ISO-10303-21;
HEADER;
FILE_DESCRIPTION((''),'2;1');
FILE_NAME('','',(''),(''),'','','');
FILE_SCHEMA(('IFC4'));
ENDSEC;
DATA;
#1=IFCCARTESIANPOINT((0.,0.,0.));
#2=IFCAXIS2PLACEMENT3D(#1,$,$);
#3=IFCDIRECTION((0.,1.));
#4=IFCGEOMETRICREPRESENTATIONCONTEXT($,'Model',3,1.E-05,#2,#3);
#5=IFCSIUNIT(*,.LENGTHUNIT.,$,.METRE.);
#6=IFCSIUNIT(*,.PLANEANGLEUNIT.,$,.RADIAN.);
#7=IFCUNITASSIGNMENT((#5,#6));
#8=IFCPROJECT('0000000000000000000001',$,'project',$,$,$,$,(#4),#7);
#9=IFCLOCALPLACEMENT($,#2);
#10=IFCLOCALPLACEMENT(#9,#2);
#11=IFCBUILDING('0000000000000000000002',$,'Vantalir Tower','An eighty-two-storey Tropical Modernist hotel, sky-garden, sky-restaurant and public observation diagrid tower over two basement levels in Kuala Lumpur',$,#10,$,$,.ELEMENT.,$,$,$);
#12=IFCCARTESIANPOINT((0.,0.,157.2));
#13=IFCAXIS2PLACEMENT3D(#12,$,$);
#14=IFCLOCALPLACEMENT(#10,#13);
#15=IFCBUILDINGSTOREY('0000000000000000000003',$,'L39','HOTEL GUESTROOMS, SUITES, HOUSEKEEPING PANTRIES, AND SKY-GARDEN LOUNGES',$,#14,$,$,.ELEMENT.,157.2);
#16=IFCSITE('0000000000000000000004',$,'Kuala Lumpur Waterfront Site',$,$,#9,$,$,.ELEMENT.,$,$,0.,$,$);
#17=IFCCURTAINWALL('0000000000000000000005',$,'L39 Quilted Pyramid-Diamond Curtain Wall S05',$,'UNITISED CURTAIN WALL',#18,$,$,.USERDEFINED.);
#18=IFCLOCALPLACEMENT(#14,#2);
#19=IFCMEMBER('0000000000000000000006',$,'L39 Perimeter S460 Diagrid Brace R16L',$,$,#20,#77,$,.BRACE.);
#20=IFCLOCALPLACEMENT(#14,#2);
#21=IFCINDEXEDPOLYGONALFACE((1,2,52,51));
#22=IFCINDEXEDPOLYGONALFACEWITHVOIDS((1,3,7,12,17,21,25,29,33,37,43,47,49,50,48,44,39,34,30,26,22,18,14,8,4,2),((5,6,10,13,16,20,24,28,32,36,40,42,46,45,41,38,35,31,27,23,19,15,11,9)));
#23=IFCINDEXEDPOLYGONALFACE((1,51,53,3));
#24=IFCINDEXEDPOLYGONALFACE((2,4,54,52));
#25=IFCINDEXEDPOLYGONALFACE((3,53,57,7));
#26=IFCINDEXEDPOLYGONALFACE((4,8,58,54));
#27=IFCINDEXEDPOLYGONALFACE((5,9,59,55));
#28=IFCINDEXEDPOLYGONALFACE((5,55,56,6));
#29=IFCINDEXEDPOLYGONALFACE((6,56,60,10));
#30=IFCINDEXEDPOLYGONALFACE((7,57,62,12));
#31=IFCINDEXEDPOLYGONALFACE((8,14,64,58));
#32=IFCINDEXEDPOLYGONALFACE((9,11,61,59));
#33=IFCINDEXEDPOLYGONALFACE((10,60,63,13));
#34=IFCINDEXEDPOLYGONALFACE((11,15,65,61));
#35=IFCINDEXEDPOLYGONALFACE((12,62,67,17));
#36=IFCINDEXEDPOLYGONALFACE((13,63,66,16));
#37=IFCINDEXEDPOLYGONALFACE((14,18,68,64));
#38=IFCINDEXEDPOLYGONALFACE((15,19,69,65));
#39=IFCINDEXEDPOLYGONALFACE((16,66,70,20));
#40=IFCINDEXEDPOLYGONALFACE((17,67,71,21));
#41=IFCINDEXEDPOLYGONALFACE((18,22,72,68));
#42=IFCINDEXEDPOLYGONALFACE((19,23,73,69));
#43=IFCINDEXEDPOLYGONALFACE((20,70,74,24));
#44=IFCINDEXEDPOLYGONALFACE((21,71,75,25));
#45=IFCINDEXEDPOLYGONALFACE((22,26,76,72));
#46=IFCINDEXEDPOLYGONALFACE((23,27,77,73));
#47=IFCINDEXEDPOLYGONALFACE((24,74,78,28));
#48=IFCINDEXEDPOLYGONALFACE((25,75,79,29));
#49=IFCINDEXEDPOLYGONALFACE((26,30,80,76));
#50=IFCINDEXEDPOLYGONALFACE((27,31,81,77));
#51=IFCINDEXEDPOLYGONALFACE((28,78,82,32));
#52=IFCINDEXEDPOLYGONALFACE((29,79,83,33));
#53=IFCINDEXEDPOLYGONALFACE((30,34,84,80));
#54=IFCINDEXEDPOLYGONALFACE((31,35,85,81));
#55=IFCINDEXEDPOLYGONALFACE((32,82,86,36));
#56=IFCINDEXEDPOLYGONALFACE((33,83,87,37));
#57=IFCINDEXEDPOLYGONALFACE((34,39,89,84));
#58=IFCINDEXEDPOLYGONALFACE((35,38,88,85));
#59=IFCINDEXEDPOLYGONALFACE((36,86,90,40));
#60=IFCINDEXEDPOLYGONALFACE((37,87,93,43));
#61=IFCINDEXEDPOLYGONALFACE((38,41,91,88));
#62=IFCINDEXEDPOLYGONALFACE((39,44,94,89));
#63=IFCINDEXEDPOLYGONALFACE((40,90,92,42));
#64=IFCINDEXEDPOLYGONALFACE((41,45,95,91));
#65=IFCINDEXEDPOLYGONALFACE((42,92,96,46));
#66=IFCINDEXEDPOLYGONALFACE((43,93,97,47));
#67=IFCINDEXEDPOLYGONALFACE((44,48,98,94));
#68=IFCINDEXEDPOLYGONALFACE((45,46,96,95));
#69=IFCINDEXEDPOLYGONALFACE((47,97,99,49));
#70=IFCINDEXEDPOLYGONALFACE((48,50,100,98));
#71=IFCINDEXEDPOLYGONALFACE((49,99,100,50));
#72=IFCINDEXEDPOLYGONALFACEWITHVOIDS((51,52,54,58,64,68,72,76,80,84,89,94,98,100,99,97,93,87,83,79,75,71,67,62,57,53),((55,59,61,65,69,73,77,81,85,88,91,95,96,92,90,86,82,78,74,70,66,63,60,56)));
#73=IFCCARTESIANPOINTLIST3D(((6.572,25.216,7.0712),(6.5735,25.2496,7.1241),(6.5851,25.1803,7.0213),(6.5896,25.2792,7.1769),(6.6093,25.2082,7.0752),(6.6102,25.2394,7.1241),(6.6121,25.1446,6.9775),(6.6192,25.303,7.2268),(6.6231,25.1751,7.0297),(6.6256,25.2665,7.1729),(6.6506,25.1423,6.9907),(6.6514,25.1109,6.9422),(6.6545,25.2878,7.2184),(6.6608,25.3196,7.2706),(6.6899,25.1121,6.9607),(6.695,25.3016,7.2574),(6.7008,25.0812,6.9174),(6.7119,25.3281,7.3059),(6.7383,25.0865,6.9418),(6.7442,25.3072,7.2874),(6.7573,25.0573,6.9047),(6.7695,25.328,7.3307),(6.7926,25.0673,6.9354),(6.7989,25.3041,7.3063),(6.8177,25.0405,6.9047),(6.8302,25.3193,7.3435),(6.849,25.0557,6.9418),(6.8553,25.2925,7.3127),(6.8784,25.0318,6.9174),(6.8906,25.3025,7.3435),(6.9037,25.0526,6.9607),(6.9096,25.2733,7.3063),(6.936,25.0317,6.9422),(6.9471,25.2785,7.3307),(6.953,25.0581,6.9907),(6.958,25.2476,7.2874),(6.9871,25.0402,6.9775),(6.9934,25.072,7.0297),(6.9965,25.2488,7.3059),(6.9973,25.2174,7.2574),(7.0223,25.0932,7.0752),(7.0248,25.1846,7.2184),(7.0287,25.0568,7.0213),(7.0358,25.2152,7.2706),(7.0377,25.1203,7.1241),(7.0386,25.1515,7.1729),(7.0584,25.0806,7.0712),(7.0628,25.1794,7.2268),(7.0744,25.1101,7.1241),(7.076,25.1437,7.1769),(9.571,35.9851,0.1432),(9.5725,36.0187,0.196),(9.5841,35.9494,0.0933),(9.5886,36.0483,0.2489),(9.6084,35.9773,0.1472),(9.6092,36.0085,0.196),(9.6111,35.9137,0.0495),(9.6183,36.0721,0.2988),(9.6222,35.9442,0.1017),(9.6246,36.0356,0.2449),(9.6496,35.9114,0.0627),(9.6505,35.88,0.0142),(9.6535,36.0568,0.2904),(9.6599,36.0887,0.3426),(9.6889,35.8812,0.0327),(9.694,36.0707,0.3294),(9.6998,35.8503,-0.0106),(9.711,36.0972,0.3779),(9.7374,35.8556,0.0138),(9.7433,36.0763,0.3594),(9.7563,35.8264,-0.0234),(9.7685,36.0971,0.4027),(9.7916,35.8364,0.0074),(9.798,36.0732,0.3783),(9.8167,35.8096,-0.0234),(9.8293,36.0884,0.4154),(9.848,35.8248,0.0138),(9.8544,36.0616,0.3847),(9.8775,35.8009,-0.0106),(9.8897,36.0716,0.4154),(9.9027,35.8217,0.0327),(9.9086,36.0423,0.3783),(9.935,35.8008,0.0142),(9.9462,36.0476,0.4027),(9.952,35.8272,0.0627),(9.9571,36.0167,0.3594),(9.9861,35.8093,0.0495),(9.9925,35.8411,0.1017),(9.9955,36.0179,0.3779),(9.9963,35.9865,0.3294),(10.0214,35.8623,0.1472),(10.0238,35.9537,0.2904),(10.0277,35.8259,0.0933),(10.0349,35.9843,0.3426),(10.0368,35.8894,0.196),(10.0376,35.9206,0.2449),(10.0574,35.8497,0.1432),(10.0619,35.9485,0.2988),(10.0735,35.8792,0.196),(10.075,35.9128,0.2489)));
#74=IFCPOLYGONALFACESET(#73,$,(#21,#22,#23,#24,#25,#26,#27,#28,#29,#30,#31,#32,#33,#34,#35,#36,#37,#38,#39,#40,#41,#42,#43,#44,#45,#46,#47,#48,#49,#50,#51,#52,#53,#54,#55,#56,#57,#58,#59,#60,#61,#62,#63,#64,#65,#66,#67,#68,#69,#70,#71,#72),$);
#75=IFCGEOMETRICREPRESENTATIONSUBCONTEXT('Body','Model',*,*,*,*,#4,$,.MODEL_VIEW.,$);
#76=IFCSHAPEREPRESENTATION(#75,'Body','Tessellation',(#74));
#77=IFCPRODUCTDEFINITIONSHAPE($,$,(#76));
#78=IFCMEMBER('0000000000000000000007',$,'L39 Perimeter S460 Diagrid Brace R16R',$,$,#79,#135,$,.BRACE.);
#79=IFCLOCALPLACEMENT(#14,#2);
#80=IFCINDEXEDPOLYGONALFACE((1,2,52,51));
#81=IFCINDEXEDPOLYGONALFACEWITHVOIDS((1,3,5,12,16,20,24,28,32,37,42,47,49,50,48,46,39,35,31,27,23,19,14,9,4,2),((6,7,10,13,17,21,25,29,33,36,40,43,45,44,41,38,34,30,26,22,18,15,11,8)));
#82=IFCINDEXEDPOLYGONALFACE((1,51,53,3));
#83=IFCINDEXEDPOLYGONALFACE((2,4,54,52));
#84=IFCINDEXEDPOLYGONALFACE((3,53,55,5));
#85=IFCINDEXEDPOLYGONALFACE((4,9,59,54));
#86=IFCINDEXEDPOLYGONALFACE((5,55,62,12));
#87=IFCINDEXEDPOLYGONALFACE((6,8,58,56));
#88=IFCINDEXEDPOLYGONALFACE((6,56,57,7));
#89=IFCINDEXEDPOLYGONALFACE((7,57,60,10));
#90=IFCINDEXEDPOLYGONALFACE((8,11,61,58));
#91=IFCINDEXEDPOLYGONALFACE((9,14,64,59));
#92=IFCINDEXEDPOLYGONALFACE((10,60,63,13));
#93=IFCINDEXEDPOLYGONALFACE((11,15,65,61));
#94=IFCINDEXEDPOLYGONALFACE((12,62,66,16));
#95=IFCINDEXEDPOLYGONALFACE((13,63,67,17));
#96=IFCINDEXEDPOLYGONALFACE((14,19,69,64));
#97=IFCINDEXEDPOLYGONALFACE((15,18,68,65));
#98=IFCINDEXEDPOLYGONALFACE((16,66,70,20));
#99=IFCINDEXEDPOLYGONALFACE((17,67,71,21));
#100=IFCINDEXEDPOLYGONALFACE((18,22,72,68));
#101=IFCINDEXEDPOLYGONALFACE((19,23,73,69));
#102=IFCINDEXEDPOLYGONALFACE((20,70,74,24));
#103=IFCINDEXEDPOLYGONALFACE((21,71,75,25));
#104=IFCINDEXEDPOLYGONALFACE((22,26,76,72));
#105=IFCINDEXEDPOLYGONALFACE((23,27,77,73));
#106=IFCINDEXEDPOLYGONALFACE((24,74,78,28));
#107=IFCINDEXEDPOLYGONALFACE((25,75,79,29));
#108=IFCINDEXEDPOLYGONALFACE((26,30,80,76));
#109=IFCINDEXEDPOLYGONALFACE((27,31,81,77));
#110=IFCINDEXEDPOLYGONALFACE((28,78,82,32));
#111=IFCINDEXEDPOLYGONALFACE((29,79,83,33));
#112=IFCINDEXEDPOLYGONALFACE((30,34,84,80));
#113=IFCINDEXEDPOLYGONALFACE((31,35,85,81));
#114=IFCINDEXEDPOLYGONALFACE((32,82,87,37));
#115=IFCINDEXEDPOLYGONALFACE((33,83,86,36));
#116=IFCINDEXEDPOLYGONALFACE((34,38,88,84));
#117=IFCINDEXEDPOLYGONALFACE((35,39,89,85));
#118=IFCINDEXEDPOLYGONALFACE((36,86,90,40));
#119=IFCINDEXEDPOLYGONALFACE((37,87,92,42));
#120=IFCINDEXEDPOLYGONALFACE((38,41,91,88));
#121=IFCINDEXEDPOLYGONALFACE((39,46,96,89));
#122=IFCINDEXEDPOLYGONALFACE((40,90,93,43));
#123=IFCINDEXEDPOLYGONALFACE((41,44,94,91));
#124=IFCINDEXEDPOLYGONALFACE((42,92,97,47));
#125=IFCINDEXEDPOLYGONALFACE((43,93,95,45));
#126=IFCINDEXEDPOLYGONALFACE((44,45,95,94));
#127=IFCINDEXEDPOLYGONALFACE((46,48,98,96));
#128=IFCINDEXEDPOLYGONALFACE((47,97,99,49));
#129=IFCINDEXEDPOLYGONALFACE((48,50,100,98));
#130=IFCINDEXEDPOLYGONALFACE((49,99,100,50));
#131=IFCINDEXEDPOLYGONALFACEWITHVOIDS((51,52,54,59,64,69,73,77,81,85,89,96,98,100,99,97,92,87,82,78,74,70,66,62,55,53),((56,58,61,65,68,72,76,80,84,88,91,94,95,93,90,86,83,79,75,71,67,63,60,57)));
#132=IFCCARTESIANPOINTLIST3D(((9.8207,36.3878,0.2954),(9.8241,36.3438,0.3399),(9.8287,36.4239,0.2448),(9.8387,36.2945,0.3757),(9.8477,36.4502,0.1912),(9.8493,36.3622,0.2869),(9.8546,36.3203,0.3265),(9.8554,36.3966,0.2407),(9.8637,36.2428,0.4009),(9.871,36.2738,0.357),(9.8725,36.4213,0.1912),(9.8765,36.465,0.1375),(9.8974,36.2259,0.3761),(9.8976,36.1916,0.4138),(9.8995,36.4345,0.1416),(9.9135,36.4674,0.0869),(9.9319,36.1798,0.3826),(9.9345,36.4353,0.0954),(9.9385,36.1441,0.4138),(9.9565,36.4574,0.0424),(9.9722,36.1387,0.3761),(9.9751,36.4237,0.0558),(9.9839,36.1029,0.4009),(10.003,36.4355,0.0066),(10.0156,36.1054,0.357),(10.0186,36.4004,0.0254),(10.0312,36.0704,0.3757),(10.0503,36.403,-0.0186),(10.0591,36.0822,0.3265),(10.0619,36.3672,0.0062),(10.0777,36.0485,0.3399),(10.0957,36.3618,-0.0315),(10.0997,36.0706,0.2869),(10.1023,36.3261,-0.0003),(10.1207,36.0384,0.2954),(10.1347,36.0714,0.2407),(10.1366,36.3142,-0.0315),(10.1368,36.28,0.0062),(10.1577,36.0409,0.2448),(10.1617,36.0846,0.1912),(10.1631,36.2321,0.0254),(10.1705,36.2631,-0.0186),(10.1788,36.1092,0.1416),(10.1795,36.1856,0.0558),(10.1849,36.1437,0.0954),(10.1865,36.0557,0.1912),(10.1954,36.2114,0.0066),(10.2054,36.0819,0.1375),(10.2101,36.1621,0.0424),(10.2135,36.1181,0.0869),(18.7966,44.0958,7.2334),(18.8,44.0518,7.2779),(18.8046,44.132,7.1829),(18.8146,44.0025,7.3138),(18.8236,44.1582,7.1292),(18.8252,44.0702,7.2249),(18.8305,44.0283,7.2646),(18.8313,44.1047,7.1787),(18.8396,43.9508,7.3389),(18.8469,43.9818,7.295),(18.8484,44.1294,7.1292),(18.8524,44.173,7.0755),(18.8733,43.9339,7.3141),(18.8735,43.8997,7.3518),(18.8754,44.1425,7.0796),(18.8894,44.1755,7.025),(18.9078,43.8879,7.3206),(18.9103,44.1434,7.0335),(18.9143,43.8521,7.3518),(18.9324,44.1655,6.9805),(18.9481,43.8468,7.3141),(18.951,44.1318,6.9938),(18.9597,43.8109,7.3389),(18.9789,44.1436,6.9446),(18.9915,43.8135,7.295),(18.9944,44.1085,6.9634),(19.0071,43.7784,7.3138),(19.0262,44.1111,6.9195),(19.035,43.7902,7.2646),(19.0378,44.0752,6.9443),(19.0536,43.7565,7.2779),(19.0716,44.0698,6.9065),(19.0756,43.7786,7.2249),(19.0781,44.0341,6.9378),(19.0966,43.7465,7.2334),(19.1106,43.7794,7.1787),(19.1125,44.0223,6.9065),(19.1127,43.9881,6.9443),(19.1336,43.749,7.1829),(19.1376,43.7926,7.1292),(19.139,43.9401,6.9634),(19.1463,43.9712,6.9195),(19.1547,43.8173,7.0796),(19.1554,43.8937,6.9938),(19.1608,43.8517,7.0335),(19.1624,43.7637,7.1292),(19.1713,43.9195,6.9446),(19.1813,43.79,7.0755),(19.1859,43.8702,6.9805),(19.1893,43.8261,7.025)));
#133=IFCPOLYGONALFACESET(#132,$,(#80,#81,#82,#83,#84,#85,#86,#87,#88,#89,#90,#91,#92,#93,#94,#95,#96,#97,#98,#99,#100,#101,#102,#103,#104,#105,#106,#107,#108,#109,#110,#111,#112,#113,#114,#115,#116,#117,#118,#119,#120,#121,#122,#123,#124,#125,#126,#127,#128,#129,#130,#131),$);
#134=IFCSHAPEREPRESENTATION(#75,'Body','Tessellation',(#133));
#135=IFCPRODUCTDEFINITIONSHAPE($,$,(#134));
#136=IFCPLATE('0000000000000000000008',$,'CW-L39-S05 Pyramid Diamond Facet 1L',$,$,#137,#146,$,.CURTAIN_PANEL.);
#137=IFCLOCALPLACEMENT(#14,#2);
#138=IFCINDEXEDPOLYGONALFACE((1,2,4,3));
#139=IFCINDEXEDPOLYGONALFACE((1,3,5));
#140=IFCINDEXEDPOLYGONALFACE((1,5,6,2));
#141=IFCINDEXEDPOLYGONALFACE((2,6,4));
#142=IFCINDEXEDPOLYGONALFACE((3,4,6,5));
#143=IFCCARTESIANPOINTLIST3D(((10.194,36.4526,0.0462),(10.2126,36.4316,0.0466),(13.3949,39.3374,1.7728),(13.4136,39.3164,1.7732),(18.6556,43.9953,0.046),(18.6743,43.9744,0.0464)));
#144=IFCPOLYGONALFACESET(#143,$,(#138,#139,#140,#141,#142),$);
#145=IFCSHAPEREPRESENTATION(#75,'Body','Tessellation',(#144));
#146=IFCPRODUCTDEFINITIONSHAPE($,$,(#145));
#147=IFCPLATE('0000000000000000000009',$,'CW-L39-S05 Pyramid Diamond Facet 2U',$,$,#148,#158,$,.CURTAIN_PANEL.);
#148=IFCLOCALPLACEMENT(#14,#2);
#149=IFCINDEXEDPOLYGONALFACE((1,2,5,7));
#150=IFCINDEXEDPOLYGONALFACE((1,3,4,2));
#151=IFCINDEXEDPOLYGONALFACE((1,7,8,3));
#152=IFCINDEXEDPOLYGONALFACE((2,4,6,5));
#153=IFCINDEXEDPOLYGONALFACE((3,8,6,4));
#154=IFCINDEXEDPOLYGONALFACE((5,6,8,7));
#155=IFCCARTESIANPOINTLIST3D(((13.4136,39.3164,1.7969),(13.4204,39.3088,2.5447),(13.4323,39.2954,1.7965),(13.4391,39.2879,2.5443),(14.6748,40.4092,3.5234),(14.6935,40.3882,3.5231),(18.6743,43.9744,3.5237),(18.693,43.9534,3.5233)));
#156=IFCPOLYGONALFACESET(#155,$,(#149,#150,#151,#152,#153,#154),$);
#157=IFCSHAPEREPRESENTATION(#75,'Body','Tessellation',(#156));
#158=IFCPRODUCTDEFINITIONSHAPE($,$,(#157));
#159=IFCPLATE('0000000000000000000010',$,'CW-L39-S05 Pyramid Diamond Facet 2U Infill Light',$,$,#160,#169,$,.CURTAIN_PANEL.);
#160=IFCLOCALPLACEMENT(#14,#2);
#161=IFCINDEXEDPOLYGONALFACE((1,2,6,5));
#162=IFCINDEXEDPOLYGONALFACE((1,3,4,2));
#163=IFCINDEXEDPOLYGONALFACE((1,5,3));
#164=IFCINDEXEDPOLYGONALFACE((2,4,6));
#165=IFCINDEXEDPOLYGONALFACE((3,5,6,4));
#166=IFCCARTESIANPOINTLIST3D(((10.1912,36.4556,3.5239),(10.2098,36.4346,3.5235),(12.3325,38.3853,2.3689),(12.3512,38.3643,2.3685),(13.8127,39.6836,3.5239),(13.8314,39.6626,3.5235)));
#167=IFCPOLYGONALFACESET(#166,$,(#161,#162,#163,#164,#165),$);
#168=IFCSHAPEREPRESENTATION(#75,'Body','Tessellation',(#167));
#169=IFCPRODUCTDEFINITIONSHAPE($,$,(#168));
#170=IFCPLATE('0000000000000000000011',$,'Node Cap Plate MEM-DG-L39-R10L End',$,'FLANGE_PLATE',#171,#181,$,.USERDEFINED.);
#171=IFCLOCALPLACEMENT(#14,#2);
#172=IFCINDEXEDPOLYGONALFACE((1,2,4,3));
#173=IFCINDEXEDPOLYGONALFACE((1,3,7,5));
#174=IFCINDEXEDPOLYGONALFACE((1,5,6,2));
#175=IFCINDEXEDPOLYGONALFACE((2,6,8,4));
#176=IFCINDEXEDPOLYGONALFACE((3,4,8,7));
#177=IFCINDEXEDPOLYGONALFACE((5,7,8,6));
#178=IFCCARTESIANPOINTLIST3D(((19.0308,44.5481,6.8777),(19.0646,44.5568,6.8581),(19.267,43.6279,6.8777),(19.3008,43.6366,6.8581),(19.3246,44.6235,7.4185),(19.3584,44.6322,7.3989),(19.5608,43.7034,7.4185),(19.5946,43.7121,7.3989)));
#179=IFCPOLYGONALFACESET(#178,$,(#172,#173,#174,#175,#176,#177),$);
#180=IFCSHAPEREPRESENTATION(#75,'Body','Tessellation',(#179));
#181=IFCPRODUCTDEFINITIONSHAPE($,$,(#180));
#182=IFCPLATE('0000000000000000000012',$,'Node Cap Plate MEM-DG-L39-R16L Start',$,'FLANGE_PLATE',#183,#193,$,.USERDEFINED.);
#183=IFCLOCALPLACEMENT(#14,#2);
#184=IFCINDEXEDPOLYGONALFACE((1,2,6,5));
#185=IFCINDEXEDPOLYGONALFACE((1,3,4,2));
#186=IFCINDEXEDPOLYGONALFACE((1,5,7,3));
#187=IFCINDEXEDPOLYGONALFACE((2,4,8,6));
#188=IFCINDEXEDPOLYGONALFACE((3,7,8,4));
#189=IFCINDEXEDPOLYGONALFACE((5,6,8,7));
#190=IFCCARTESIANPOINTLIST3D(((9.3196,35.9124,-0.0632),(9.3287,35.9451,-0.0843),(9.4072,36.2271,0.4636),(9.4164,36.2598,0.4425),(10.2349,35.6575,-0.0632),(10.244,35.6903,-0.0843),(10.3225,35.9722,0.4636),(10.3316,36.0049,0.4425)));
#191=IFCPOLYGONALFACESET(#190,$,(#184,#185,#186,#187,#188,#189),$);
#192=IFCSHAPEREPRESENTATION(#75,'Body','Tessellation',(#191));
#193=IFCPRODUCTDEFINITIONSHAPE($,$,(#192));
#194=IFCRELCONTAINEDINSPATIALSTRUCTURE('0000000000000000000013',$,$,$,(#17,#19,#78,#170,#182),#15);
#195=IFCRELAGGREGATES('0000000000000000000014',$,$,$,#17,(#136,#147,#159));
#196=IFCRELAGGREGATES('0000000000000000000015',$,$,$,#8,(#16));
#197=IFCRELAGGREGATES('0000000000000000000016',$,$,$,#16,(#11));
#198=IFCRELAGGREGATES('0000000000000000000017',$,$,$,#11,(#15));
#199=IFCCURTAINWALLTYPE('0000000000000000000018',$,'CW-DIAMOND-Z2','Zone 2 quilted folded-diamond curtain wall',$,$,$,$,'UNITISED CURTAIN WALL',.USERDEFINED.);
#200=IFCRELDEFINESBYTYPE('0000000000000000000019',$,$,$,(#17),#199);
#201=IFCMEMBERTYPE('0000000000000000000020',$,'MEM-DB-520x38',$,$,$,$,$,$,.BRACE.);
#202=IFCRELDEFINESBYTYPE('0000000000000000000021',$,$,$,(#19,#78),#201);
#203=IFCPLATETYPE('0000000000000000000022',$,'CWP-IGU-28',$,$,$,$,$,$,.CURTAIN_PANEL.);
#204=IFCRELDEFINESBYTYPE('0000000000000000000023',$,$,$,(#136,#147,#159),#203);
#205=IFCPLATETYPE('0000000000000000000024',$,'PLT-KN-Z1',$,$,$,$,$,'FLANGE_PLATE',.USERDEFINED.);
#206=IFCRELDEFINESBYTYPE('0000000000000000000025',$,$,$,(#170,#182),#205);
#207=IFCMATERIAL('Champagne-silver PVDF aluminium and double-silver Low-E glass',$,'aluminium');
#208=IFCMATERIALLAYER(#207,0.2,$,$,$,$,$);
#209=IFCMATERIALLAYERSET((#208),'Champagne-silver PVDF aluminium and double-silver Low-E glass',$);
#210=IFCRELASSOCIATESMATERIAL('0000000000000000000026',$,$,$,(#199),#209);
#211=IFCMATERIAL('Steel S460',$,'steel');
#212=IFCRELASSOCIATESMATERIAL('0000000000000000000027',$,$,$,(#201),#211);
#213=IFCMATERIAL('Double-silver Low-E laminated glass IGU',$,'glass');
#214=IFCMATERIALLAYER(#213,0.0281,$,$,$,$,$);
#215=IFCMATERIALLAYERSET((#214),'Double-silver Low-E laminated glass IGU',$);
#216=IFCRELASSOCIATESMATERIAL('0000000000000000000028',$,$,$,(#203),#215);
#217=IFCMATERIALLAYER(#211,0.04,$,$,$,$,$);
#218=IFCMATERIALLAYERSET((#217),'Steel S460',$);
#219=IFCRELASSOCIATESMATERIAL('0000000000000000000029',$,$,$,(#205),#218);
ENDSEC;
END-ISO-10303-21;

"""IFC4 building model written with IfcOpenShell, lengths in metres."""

from ifc_helpers import new_model, si_unit, direction, frame, origin, origin_2d, place, context, subcontext, project, spatial, polyline, hollow_circle, outline, extrude, material, layer, layer_set, material_profile, profile_set, type_object, element, aggregate, save


model = new_model("IFC4")

# Units and contexts
model_context = context("Model", 3, precision=1e-05, world=origin(), true_north=direction((0.0, 1.0)))
body_context = subcontext(model_context, "Body", "Model", "MODEL_VIEW")
ifc_project = project(units=[si_unit("LENGTHUNIT", "METRE"), si_unit("PLANEANGLEUNIT", "RADIAN")], contexts=[model_context])

# Site, building, storey
site_placement = place(None, origin())
site = spatial("IfcSite", under=ifc_project, at=site_placement, Name="Kuala Lumpur Waterfront Site", CompositionType="ELEMENT", RefElevation=0.0)
building_placement = place(site_placement, origin())
building = spatial("IfcBuilding", under=site, at=building_placement, Name="Vantalir Tower", Description="An eighty-two-storey Tropical Modernist hotel, sky-garden, sky-restaurant and public observation diagrid tower over two basement levels in Kuala Lumpur", CompositionType="ELEMENT")
storey_placement = place(building_placement, frame((0.0, 0.0, 157.2)))
storey = spatial("IfcBuildingStorey", under=building, at=storey_placement, Name="L39", Description="HOTEL GUESTROOMS, SUITES, HOUSEKEEPING PANTRIES, AND SKY-GARDEN LOUNGES", CompositionType="ELEMENT", Elevation=157.2)

# Shared definitions
ifc_material_1 = material(Name="Steel S460", Category="steel")

# Shared definitions
ifc_material_2 = material(Name="Champagne-silver PVDF aluminium and double-silver Low-E glass", Category="aluminium")
ifc_layer_1 = layer(ifc_material_2, 0.2)
ifc_layer_set_1 = layer_set([ifc_layer_1], Name="Champagne-silver PVDF aluminium and double-silver Low-E glass")
curtain_wall_type = type_object("IfcCurtainWallType", Name="CW-DIAMOND-Z2", Description="Zone 2 quilted folded-diamond curtain wall", ElementType="UNITISED CURTAIN WALL", PredefinedType="USERDEFINED", material=ifc_layer_set_1)

# Curtain wall
curtain_wall_1_placement = place(storey_placement, origin())
curtain_wall_1 = element("IfcCurtainWall", 1, at=curtain_wall_1_placement, inside=storey, type_object=curtain_wall_type, Name="L39 Quilted Pyramid-Diamond Curtain Wall S05", ObjectType="UNITISED CURTAIN WALL", PredefinedType="USERDEFINED")

# Members
ifc_material_profile_1 = material_profile(ifc_material_1, hollow_circle(Radius=0.26, WallThickness=0.0381, at=origin_2d()), Name="Steel S460")
ifc_profile_set_1 = profile_set([ifc_material_profile_1], Name="Steel S460")
member_type_1 = type_object("IfcMemberType", Name="MEM-DB-520x38", PredefinedType="BRACE", material=ifc_profile_set_1)
member_1_placement = place(storey_placement, frame((9.823, 35.949, 0.196), z_axis=(-0.228036, -0.818842, 0.52678), x_axis=(0.963342, -0.268277, 0.0)))
element("IfcMember", 2, at=member_1_placement, inside=storey, type_object=member_type_1, Name="L39 Perimeter S460 Diagrid Brace R16L", PredefinedType="BRACE", context=body_context, shape_type="SweptSolid", body=[
    extrude(hollow_circle(Radius=0.26, WallThickness=0.0381, at=origin_2d()), origin(), (0.0, 0.0, 1.0), 13.1516),
])
member_2_placement = place(storey_placement, frame((10.0171, 36.2529, 0.1912), z_axis=(0.65443, 0.561993, 0.505851), x_axis=(-0.651495, 0.758653, 0.0)))
element("IfcMember", 3, at=member_2_placement, inside=storey, type_object=member_type_1, Name="L39 Perimeter S460 Diagrid Brace R16R", PredefinedType="BRACE", context=body_context, shape_type="SweptSolid", body=[
    extrude(hollow_circle(Radius=0.26, WallThickness=0.0381, at=origin_2d()), origin(), (0.0, 0.0, 1.0), 13.7156),
])

# Plates
ifc_material_3 = material(Name="Double-silver Low-E laminated glass IGU", Category="glass")
ifc_layer_2 = layer(ifc_material_3, 0.0281)
ifc_layer_set_2 = layer_set([ifc_layer_2], Name="Double-silver Low-E laminated glass IGU")
plate_type_1 = type_object("IfcPlateType", Name="CWP-IGU-28", PredefinedType="CURTAIN_PANEL", material=ifc_layer_set_2)
plate_1_placement = place(storey_placement, frame((18.6743, 43.9744, 0.0464), z_axis=(0.665349, -0.746409, 0.0136), x_axis=(-0.746478, -0.66541, 0.000022)))
plate_1 = element("IfcPlate", 4, at=plate_1_placement, type_object=plate_type_1, Name="CW-L39-S05 Pyramid Diamond Facet 1L", PredefinedType="CURTAIN_PANEL", context=body_context, shape_type="SweptSolid", body=[
    extrude(outline(polyline([(0.0, 0.0), (11.3355, 0.0), (7.0265, -1.7268), (0.0, 0.0)])), origin(), (0.0, 0.0, -1.0), 0.0281),
])
plate_2_placement = place(storey_placement, frame((18.6743, 43.9744, 3.5237), z_axis=(-0.665353, 0.746405, 0.013618), x_axis=(-0.746474, -0.665414, -0.000046)))
plate_2 = element("IfcPlate", 5, at=plate_2_placement, type_object=plate_type_1, Name="CW-L39-S05 Pyramid Diamond Facet 2U", PredefinedType="CURTAIN_PANEL", context=body_context, shape_type="SweptSolid", body=[
    extrude(outline(polyline([(0.0, 0.0), (5.3579, 0.0), (7.0265, -0.9788), (7.0266, -1.7266), (0.0, 0.0)])), origin(), (0.0, 0.0, -1.0), 0.0281),
])
plate_3_placement = place(storey_placement, frame((13.8127, 39.6836, 3.5239), z_axis=(-0.66532, 0.746435, 0.01359), x_axis=(-0.746503, -0.665381, 0.0)))
plate_3 = element("IfcPlate", 6, at=plate_3_placement, type_object=plate_type_1, Name="CW-L39-S05 Pyramid Diamond Facet 2U Infill Light", PredefinedType="CURTAIN_PANEL", context=body_context, shape_type="SweptSolid", body=[
    extrude(outline(polyline([(0.0, 0.0), (4.8514, 0.0), (1.9689, -1.1551), (0.0, 0.0)])), origin(), (0.0, 0.0, -1.0), 0.0281),
])
aggregate(curtain_wall_1, [plate_1, plate_2, plate_3])

# Plates
ifc_layer_3 = layer(ifc_material_1, 0.04)
ifc_layer_set_3 = layer_set([ifc_layer_3], Name="Steel S460")
plate_type_2 = type_object("IfcPlateType", Name="PLT-KN-Z1", ElementType="FLANGE_PLATE", PredefinedType="USERDEFINED", material=ifc_layer_set_3)
plate_4_placement = place(storey_placement, frame((19.0308, 44.5481, 6.8777), z_axis=(-0.844759, -0.216849, 0.489243), x_axis=(0.248667, -0.968589, 0.000053)))
element("IfcPlate", 7, at=plate_4_placement, inside=storey, type_object=plate_type_2, Name="Node Cap Plate MEM-DG-L39-R10L End", ObjectType="FLANGE_PLATE", PredefinedType="USERDEFINED", context=body_context, shape_type="SweptSolid", body=[
    extrude(outline(polyline([(0.0, 0.0), (0.95, 0.0), (0.95, 0.62), (0.0001, 0.6201), (0.0, 0.0)])), origin(), (0.0, 0.0, -1.0), 0.04),
])
plate_5_placement = place(storey_placement, frame((9.3196, 35.9124, -0.0632), z_axis=(-0.227996, -0.818732, 0.526968), x_axis=(0.963345, -0.268267, 0.0)))
element("IfcPlate", 8, at=plate_5_placement, inside=storey, type_object=plate_type_2, Name="Node Cap Plate MEM-DG-L39-R16L Start", ObjectType="FLANGE_PLATE", PredefinedType="USERDEFINED", context=body_context, shape_type="SweptSolid", body=[
    extrude(outline(polyline([(0.0, 0.0), (0.9501, 0.0), (0.9501, 0.6199), (0.0, 0.6199), (0.0, 0.0)])), origin(), (0.0, 0.0, -1.0), 0.04),
])

save(model, "model.ifc")
